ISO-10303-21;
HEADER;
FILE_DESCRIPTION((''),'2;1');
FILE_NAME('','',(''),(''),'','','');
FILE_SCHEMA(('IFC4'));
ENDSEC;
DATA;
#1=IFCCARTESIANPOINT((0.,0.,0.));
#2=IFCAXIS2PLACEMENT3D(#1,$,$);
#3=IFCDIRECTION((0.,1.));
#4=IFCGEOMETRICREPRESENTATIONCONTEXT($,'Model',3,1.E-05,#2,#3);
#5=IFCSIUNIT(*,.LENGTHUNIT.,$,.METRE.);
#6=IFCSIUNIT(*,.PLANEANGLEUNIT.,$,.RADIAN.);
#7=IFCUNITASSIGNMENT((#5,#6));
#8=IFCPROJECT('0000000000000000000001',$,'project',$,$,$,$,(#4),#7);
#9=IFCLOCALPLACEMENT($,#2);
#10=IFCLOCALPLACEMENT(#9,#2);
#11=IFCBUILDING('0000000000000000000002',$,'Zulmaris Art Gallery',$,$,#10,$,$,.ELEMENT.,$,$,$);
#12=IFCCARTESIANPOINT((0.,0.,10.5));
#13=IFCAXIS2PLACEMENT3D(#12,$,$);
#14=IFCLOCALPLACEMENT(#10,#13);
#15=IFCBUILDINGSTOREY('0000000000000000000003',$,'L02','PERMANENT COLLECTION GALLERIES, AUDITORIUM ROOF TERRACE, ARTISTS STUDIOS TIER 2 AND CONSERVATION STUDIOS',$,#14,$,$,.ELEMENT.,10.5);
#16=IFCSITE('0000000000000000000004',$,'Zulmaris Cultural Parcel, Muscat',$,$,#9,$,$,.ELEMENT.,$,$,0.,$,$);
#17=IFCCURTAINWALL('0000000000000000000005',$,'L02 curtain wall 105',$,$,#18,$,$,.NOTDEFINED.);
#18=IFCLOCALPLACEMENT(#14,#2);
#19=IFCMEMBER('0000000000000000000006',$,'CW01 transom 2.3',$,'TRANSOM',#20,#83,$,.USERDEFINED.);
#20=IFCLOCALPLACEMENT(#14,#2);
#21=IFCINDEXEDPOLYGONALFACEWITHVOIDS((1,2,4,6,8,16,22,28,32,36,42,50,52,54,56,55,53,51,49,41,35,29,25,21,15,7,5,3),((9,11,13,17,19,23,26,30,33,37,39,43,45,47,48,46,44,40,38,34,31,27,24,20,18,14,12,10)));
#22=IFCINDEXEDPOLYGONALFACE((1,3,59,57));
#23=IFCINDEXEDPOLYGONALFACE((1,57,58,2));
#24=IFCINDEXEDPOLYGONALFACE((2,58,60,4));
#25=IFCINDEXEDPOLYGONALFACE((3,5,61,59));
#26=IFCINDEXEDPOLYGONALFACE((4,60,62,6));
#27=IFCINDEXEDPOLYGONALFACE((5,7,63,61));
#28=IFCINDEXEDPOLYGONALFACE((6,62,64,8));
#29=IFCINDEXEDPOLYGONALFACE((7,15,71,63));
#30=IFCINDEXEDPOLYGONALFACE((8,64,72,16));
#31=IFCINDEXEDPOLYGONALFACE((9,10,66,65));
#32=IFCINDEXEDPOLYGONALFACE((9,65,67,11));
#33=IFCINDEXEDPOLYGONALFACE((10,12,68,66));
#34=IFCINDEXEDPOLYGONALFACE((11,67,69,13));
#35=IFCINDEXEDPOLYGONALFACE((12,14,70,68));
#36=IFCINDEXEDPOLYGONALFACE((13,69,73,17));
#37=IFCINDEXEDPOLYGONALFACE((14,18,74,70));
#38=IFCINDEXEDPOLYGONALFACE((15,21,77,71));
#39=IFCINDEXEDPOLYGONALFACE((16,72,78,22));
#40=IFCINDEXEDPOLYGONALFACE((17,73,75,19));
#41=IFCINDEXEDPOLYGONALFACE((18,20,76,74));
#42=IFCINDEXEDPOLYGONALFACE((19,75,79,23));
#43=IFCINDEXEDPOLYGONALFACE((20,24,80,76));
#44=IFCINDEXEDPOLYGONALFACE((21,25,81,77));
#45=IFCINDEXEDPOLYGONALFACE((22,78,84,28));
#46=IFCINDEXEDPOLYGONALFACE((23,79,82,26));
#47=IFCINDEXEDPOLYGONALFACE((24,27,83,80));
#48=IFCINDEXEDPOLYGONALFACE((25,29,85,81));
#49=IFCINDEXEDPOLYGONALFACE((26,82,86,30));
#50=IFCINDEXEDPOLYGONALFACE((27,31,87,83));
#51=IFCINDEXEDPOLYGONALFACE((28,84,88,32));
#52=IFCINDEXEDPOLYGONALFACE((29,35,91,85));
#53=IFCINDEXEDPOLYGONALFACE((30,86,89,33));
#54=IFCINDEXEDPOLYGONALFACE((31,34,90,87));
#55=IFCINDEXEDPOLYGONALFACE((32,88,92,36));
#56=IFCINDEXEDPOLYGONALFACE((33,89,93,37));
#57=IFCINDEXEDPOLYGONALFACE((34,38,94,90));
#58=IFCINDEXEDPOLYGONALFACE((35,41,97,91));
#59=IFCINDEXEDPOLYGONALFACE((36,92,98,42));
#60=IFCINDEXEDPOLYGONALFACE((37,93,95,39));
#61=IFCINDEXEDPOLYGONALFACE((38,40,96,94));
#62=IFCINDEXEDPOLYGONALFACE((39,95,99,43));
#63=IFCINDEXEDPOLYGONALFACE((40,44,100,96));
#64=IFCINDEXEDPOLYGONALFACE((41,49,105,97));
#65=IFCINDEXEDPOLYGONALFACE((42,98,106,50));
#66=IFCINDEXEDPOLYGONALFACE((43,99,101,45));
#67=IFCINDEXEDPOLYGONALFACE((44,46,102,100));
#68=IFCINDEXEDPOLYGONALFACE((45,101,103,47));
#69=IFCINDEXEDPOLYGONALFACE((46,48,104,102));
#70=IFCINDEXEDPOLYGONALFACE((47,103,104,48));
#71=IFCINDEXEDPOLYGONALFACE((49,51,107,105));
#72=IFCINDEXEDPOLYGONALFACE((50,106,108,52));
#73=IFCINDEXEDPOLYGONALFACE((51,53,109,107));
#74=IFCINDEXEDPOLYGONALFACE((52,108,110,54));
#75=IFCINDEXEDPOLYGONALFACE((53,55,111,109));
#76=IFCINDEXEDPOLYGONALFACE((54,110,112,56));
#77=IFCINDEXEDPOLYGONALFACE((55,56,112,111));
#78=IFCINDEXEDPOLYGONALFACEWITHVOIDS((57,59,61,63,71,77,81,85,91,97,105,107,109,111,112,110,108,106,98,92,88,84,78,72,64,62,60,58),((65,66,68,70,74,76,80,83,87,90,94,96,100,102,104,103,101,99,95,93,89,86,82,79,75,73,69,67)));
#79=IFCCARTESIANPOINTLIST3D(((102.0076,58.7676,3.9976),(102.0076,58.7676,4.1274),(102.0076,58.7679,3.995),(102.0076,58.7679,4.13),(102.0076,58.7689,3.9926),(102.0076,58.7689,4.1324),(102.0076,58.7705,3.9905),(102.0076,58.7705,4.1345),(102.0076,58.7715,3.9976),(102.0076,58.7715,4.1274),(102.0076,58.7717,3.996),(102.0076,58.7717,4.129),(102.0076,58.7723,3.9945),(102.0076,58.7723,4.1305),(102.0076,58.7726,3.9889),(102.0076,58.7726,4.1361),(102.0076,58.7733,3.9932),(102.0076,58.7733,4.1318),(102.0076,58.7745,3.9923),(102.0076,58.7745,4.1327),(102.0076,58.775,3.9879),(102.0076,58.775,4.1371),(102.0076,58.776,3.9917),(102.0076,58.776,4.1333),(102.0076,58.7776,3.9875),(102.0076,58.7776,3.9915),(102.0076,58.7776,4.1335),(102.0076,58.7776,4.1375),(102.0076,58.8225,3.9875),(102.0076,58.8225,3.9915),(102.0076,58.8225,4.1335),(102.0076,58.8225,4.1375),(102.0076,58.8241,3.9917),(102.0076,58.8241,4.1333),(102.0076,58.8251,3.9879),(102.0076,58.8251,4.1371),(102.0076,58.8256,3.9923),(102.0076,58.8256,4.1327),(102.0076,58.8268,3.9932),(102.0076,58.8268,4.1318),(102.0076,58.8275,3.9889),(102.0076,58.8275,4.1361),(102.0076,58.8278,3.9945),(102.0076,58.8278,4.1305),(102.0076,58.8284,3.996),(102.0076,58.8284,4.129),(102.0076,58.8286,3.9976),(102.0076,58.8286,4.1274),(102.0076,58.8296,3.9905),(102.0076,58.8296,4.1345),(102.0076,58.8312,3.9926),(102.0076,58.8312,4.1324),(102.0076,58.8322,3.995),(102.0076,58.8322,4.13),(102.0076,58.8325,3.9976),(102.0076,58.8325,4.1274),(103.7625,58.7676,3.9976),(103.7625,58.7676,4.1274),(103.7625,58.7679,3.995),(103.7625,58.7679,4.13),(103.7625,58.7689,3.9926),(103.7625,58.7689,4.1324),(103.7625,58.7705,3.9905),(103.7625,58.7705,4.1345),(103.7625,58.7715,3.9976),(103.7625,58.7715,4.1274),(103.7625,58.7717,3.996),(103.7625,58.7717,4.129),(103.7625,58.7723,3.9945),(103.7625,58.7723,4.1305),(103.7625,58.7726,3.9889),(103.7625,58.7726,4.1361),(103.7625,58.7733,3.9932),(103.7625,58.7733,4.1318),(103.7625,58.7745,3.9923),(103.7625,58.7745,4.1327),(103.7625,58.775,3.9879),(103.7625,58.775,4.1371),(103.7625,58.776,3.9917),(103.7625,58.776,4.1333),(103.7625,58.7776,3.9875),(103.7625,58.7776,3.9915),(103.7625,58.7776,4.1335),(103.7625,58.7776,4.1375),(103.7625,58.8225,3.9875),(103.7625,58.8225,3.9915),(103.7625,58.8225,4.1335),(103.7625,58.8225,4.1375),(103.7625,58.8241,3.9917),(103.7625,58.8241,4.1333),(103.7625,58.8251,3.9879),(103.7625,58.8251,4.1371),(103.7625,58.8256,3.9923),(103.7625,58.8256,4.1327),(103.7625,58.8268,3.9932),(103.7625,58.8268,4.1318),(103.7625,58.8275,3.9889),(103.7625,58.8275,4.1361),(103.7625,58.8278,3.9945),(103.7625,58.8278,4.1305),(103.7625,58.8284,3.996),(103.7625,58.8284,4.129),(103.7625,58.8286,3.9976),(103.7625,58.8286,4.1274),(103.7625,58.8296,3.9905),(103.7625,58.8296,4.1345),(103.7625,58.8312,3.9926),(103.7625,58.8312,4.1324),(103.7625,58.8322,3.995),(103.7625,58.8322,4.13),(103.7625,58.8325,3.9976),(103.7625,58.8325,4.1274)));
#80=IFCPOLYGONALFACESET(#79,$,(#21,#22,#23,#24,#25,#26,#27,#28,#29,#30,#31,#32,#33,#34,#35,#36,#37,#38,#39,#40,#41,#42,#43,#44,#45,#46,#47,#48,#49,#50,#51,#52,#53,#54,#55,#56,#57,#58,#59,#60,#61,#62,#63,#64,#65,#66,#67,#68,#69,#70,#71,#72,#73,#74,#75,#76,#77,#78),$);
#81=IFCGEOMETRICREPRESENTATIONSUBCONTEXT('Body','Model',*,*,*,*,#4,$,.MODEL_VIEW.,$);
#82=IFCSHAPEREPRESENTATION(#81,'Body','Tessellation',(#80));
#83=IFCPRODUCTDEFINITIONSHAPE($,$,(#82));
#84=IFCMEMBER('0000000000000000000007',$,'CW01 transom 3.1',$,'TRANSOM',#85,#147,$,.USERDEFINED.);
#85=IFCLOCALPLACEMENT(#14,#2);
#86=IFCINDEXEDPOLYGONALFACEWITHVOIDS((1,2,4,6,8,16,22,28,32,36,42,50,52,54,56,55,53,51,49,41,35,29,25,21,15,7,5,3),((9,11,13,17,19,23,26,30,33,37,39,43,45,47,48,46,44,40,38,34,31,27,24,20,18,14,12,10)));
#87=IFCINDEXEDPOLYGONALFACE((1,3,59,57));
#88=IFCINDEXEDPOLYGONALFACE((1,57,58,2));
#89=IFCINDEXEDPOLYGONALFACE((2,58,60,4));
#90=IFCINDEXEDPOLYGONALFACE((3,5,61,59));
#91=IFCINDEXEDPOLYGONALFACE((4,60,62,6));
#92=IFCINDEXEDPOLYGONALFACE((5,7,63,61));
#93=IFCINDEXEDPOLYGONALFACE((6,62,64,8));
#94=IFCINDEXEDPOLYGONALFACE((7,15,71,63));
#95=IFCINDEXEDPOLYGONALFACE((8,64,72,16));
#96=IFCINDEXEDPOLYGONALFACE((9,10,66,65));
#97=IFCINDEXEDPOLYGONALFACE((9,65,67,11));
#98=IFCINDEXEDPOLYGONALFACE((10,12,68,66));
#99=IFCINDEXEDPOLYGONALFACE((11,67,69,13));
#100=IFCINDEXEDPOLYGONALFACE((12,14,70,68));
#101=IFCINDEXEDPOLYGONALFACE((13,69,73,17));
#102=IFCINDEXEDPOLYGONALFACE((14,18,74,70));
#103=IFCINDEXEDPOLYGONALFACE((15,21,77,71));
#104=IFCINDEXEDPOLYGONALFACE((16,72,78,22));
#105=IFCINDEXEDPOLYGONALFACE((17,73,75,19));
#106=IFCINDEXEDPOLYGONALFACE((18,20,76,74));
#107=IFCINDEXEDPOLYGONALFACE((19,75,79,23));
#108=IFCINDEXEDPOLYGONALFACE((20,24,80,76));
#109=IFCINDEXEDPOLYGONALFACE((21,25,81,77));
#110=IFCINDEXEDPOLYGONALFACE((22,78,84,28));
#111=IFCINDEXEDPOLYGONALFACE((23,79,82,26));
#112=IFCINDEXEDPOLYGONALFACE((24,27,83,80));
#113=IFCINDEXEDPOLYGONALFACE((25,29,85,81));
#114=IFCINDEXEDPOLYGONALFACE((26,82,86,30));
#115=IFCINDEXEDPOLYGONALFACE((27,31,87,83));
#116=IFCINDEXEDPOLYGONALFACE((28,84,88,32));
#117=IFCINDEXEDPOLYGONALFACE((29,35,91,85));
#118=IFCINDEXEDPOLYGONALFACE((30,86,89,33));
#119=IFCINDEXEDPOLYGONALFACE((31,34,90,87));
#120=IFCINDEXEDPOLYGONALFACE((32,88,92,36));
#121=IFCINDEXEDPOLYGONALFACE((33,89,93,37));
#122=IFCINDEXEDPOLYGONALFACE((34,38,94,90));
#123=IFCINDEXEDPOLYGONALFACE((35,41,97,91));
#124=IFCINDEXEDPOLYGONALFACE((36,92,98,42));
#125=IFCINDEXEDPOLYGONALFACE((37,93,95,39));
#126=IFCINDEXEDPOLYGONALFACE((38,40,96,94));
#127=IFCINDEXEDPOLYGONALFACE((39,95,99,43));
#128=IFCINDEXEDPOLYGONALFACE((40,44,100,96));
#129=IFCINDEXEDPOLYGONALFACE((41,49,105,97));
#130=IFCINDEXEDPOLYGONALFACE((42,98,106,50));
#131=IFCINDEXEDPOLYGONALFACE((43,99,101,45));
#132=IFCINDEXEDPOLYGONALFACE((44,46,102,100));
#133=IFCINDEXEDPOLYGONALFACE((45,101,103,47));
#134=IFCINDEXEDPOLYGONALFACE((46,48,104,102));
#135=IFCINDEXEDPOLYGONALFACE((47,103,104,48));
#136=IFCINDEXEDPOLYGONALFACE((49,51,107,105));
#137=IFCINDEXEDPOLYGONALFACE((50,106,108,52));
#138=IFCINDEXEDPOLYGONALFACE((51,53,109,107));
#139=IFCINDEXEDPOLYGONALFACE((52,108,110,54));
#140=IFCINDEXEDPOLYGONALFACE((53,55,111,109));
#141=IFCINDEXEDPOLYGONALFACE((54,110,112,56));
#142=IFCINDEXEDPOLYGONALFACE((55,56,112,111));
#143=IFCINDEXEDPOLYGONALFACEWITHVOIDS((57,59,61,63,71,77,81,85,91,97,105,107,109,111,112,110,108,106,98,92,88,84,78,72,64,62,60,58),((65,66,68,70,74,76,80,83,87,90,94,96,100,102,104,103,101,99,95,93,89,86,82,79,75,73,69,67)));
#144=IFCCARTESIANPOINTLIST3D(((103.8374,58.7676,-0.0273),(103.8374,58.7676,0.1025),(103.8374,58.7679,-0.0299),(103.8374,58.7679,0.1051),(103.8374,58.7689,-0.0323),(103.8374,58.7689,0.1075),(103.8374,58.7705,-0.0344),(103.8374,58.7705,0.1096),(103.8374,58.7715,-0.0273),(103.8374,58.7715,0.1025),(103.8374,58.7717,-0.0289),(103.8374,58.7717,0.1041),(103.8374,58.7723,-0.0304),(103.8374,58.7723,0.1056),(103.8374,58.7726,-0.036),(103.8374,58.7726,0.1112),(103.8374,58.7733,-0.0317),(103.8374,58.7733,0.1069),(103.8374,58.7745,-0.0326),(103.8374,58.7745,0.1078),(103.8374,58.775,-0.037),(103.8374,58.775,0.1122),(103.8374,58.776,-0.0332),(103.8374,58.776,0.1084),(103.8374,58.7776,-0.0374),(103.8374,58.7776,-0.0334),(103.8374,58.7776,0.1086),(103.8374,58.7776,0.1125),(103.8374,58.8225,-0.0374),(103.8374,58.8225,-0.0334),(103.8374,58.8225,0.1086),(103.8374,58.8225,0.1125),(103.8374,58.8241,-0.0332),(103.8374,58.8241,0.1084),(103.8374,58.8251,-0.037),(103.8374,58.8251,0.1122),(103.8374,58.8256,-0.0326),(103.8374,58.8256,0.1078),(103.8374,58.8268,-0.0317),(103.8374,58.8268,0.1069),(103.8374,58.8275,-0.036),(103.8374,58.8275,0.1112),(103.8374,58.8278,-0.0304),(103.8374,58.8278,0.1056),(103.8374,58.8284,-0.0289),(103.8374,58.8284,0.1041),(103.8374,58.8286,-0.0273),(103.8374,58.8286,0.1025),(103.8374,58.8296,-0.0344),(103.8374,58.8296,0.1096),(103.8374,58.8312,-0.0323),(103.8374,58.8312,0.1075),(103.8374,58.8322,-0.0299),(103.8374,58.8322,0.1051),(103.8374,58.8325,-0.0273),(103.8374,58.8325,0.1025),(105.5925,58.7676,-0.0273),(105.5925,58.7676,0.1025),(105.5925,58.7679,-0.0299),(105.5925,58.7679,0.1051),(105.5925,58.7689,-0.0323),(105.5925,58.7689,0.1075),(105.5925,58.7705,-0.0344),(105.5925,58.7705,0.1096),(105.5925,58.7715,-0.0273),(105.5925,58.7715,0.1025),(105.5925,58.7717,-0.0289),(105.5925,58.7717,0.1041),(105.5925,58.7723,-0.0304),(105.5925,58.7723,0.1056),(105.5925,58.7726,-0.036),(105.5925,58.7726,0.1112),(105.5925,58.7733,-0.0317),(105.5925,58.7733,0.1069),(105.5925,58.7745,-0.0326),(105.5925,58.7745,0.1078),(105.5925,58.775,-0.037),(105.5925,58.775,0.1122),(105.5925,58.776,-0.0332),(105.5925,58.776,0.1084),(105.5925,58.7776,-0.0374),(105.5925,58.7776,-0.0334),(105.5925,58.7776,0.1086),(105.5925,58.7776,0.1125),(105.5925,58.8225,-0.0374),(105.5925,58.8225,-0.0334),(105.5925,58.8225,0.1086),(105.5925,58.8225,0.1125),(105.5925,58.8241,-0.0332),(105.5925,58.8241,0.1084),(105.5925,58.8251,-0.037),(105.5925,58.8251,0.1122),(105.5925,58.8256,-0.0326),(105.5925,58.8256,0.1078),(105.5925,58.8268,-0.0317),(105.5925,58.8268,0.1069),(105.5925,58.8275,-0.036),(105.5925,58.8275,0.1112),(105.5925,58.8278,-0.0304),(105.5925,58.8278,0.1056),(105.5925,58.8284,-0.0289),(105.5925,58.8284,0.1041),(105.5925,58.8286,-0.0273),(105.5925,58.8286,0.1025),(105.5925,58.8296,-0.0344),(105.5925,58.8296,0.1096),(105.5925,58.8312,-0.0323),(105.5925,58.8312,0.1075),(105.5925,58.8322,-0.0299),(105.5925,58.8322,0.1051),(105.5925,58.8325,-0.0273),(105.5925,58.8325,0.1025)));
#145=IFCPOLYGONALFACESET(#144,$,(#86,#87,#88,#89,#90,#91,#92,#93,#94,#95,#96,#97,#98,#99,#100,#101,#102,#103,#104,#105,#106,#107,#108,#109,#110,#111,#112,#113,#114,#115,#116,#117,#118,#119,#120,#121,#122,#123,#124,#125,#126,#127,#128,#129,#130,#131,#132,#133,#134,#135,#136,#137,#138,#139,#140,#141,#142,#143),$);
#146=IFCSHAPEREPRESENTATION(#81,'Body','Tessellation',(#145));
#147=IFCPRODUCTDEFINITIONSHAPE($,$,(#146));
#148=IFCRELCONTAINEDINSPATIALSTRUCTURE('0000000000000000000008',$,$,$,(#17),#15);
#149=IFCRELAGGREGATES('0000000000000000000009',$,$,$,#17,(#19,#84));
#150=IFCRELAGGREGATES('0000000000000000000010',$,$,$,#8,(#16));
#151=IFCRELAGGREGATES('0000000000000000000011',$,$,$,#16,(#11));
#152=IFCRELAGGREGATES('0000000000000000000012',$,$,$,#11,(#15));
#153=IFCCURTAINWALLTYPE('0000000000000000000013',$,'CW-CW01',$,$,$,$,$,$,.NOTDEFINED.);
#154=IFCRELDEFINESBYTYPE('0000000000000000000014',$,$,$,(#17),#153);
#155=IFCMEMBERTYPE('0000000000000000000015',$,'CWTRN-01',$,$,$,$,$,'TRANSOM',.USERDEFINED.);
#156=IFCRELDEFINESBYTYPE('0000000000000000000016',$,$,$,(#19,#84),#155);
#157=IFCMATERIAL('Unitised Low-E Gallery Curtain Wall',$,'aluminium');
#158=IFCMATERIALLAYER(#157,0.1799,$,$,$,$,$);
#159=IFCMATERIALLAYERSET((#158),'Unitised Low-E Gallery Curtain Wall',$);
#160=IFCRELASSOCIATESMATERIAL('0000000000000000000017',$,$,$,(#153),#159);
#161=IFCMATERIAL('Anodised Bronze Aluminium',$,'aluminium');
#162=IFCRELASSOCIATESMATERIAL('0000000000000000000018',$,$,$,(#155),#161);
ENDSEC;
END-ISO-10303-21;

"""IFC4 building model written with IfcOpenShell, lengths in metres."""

from ifc_helpers import new_model, si_unit, direction, frame, origin, origin_2d, place, context, subcontext, project, spatial, hollow_rectangle, extrude, material, layer, layer_set, material_profile, profile_set, type_object, element, aggregate, save


model = new_model("IFC4")

# Units and contexts
model_context = context("Model", 3, precision=1e-05, world=origin(), true_north=direction((0.0, 1.0)))
body_context = subcontext(model_context, "Body", "Model", "MODEL_VIEW")
ifc_project = project(units=[si_unit("LENGTHUNIT", "METRE"), si_unit("PLANEANGLEUNIT", "RADIAN")], contexts=[model_context])

# Site, building, storey
site_placement = place(None, origin())
site = spatial("IfcSite", under=ifc_project, at=site_placement, Name="Zulmaris Cultural Parcel, Muscat", CompositionType="ELEMENT", RefElevation=0.0)
building_placement = place(site_placement, origin())
building = spatial("IfcBuilding", under=site, at=building_placement, Name="Zulmaris Art Gallery", CompositionType="ELEMENT")
storey_placement = place(building_placement, frame((0.0, 0.0, 10.5)))
storey = spatial("IfcBuildingStorey", under=building, at=storey_placement, Name="L02", Description="PERMANENT COLLECTION GALLERIES, AUDITORIUM ROOF TERRACE, ARTISTS STUDIOS TIER 2 AND CONSERVATION STUDIOS", CompositionType="ELEMENT", Elevation=10.5)

# Curtain wall
ifc_material_1 = material(Name="Unitised Low-E Gallery Curtain Wall", Category="aluminium")
ifc_layer_1 = layer(ifc_material_1, 0.1799)
ifc_layer_set_1 = layer_set([ifc_layer_1], Name="Unitised Low-E Gallery Curtain Wall")
curtain_wall_type = type_object("IfcCurtainWallType", Name="CW-CW01", PredefinedType="NOTDEFINED", material=ifc_layer_set_1)
curtain_wall_1_placement = place(storey_placement, origin())
curtain_wall_1 = element("IfcCurtainWall", 1, at=curtain_wall_1_placement, inside=storey, type_object=curtain_wall_type, Name="L02 curtain wall 105", PredefinedType="NOTDEFINED")
ifc_material_2 = material(Name="Anodised Bronze Aluminium", Category="aluminium")

# Members
ifc_material_profile_1 = material_profile(ifc_material_2, hollow_rectangle(XDim=0.0649, YDim=0.1499, WallThickness=0.0039, InnerFilletRadius=0.0061, OuterFilletRadius=0.01, at=origin_2d()), Name="ALU 65x150x4")
ifc_profile_set_1 = profile_set([ifc_material_profile_1], Name="Anodised Bronze Aluminium")
member_type_1 = type_object("IfcMemberType", Name="CWTRN-01", ElementType="TRANSOM", PredefinedType="USERDEFINED", material=ifc_profile_set_1)
member_1_placement = place(storey_placement, frame((102.0076, 58.8, 4.0625), z_axis=(1.0, 0.0, 0.0), x_axis=(0.0, 1.0, 0.0)))
member_1 = element("IfcMember", 2, at=member_1_placement, type_object=member_type_1, Name="CW01 transom 2.3", ObjectType="TRANSOM", PredefinedType="USERDEFINED", context=body_context, shape_type="SweptSolid", body=[
    extrude(hollow_rectangle(XDim=0.0649, YDim=0.1499, WallThickness=0.0039, InnerFilletRadius=0.0061, OuterFilletRadius=0.01, at=origin_2d()), origin(), (0.0, 0.0, 1.0), 1.7549),
])
member_2_placement = place(storey_placement, frame((103.8374, 58.8, 0.0376), z_axis=(1.0, 0.0, 0.0), x_axis=(0.0, 1.0, 0.0)))
member_2 = element("IfcMember", 3, at=member_2_placement, type_object=member_type_1, Name="CW01 transom 3.1", ObjectType="TRANSOM", PredefinedType="USERDEFINED", context=body_context, shape_type="SweptSolid", body=[
    extrude(hollow_rectangle(XDim=0.0649, YDim=0.1499, WallThickness=0.0039, InnerFilletRadius=0.0061, OuterFilletRadius=0.01, at=origin_2d()), origin(), (0.0, 0.0, 1.0), 1.7551),
])

aggregate(curtain_wall_1, [member_1, member_2])

save(model, "model.ifc")
